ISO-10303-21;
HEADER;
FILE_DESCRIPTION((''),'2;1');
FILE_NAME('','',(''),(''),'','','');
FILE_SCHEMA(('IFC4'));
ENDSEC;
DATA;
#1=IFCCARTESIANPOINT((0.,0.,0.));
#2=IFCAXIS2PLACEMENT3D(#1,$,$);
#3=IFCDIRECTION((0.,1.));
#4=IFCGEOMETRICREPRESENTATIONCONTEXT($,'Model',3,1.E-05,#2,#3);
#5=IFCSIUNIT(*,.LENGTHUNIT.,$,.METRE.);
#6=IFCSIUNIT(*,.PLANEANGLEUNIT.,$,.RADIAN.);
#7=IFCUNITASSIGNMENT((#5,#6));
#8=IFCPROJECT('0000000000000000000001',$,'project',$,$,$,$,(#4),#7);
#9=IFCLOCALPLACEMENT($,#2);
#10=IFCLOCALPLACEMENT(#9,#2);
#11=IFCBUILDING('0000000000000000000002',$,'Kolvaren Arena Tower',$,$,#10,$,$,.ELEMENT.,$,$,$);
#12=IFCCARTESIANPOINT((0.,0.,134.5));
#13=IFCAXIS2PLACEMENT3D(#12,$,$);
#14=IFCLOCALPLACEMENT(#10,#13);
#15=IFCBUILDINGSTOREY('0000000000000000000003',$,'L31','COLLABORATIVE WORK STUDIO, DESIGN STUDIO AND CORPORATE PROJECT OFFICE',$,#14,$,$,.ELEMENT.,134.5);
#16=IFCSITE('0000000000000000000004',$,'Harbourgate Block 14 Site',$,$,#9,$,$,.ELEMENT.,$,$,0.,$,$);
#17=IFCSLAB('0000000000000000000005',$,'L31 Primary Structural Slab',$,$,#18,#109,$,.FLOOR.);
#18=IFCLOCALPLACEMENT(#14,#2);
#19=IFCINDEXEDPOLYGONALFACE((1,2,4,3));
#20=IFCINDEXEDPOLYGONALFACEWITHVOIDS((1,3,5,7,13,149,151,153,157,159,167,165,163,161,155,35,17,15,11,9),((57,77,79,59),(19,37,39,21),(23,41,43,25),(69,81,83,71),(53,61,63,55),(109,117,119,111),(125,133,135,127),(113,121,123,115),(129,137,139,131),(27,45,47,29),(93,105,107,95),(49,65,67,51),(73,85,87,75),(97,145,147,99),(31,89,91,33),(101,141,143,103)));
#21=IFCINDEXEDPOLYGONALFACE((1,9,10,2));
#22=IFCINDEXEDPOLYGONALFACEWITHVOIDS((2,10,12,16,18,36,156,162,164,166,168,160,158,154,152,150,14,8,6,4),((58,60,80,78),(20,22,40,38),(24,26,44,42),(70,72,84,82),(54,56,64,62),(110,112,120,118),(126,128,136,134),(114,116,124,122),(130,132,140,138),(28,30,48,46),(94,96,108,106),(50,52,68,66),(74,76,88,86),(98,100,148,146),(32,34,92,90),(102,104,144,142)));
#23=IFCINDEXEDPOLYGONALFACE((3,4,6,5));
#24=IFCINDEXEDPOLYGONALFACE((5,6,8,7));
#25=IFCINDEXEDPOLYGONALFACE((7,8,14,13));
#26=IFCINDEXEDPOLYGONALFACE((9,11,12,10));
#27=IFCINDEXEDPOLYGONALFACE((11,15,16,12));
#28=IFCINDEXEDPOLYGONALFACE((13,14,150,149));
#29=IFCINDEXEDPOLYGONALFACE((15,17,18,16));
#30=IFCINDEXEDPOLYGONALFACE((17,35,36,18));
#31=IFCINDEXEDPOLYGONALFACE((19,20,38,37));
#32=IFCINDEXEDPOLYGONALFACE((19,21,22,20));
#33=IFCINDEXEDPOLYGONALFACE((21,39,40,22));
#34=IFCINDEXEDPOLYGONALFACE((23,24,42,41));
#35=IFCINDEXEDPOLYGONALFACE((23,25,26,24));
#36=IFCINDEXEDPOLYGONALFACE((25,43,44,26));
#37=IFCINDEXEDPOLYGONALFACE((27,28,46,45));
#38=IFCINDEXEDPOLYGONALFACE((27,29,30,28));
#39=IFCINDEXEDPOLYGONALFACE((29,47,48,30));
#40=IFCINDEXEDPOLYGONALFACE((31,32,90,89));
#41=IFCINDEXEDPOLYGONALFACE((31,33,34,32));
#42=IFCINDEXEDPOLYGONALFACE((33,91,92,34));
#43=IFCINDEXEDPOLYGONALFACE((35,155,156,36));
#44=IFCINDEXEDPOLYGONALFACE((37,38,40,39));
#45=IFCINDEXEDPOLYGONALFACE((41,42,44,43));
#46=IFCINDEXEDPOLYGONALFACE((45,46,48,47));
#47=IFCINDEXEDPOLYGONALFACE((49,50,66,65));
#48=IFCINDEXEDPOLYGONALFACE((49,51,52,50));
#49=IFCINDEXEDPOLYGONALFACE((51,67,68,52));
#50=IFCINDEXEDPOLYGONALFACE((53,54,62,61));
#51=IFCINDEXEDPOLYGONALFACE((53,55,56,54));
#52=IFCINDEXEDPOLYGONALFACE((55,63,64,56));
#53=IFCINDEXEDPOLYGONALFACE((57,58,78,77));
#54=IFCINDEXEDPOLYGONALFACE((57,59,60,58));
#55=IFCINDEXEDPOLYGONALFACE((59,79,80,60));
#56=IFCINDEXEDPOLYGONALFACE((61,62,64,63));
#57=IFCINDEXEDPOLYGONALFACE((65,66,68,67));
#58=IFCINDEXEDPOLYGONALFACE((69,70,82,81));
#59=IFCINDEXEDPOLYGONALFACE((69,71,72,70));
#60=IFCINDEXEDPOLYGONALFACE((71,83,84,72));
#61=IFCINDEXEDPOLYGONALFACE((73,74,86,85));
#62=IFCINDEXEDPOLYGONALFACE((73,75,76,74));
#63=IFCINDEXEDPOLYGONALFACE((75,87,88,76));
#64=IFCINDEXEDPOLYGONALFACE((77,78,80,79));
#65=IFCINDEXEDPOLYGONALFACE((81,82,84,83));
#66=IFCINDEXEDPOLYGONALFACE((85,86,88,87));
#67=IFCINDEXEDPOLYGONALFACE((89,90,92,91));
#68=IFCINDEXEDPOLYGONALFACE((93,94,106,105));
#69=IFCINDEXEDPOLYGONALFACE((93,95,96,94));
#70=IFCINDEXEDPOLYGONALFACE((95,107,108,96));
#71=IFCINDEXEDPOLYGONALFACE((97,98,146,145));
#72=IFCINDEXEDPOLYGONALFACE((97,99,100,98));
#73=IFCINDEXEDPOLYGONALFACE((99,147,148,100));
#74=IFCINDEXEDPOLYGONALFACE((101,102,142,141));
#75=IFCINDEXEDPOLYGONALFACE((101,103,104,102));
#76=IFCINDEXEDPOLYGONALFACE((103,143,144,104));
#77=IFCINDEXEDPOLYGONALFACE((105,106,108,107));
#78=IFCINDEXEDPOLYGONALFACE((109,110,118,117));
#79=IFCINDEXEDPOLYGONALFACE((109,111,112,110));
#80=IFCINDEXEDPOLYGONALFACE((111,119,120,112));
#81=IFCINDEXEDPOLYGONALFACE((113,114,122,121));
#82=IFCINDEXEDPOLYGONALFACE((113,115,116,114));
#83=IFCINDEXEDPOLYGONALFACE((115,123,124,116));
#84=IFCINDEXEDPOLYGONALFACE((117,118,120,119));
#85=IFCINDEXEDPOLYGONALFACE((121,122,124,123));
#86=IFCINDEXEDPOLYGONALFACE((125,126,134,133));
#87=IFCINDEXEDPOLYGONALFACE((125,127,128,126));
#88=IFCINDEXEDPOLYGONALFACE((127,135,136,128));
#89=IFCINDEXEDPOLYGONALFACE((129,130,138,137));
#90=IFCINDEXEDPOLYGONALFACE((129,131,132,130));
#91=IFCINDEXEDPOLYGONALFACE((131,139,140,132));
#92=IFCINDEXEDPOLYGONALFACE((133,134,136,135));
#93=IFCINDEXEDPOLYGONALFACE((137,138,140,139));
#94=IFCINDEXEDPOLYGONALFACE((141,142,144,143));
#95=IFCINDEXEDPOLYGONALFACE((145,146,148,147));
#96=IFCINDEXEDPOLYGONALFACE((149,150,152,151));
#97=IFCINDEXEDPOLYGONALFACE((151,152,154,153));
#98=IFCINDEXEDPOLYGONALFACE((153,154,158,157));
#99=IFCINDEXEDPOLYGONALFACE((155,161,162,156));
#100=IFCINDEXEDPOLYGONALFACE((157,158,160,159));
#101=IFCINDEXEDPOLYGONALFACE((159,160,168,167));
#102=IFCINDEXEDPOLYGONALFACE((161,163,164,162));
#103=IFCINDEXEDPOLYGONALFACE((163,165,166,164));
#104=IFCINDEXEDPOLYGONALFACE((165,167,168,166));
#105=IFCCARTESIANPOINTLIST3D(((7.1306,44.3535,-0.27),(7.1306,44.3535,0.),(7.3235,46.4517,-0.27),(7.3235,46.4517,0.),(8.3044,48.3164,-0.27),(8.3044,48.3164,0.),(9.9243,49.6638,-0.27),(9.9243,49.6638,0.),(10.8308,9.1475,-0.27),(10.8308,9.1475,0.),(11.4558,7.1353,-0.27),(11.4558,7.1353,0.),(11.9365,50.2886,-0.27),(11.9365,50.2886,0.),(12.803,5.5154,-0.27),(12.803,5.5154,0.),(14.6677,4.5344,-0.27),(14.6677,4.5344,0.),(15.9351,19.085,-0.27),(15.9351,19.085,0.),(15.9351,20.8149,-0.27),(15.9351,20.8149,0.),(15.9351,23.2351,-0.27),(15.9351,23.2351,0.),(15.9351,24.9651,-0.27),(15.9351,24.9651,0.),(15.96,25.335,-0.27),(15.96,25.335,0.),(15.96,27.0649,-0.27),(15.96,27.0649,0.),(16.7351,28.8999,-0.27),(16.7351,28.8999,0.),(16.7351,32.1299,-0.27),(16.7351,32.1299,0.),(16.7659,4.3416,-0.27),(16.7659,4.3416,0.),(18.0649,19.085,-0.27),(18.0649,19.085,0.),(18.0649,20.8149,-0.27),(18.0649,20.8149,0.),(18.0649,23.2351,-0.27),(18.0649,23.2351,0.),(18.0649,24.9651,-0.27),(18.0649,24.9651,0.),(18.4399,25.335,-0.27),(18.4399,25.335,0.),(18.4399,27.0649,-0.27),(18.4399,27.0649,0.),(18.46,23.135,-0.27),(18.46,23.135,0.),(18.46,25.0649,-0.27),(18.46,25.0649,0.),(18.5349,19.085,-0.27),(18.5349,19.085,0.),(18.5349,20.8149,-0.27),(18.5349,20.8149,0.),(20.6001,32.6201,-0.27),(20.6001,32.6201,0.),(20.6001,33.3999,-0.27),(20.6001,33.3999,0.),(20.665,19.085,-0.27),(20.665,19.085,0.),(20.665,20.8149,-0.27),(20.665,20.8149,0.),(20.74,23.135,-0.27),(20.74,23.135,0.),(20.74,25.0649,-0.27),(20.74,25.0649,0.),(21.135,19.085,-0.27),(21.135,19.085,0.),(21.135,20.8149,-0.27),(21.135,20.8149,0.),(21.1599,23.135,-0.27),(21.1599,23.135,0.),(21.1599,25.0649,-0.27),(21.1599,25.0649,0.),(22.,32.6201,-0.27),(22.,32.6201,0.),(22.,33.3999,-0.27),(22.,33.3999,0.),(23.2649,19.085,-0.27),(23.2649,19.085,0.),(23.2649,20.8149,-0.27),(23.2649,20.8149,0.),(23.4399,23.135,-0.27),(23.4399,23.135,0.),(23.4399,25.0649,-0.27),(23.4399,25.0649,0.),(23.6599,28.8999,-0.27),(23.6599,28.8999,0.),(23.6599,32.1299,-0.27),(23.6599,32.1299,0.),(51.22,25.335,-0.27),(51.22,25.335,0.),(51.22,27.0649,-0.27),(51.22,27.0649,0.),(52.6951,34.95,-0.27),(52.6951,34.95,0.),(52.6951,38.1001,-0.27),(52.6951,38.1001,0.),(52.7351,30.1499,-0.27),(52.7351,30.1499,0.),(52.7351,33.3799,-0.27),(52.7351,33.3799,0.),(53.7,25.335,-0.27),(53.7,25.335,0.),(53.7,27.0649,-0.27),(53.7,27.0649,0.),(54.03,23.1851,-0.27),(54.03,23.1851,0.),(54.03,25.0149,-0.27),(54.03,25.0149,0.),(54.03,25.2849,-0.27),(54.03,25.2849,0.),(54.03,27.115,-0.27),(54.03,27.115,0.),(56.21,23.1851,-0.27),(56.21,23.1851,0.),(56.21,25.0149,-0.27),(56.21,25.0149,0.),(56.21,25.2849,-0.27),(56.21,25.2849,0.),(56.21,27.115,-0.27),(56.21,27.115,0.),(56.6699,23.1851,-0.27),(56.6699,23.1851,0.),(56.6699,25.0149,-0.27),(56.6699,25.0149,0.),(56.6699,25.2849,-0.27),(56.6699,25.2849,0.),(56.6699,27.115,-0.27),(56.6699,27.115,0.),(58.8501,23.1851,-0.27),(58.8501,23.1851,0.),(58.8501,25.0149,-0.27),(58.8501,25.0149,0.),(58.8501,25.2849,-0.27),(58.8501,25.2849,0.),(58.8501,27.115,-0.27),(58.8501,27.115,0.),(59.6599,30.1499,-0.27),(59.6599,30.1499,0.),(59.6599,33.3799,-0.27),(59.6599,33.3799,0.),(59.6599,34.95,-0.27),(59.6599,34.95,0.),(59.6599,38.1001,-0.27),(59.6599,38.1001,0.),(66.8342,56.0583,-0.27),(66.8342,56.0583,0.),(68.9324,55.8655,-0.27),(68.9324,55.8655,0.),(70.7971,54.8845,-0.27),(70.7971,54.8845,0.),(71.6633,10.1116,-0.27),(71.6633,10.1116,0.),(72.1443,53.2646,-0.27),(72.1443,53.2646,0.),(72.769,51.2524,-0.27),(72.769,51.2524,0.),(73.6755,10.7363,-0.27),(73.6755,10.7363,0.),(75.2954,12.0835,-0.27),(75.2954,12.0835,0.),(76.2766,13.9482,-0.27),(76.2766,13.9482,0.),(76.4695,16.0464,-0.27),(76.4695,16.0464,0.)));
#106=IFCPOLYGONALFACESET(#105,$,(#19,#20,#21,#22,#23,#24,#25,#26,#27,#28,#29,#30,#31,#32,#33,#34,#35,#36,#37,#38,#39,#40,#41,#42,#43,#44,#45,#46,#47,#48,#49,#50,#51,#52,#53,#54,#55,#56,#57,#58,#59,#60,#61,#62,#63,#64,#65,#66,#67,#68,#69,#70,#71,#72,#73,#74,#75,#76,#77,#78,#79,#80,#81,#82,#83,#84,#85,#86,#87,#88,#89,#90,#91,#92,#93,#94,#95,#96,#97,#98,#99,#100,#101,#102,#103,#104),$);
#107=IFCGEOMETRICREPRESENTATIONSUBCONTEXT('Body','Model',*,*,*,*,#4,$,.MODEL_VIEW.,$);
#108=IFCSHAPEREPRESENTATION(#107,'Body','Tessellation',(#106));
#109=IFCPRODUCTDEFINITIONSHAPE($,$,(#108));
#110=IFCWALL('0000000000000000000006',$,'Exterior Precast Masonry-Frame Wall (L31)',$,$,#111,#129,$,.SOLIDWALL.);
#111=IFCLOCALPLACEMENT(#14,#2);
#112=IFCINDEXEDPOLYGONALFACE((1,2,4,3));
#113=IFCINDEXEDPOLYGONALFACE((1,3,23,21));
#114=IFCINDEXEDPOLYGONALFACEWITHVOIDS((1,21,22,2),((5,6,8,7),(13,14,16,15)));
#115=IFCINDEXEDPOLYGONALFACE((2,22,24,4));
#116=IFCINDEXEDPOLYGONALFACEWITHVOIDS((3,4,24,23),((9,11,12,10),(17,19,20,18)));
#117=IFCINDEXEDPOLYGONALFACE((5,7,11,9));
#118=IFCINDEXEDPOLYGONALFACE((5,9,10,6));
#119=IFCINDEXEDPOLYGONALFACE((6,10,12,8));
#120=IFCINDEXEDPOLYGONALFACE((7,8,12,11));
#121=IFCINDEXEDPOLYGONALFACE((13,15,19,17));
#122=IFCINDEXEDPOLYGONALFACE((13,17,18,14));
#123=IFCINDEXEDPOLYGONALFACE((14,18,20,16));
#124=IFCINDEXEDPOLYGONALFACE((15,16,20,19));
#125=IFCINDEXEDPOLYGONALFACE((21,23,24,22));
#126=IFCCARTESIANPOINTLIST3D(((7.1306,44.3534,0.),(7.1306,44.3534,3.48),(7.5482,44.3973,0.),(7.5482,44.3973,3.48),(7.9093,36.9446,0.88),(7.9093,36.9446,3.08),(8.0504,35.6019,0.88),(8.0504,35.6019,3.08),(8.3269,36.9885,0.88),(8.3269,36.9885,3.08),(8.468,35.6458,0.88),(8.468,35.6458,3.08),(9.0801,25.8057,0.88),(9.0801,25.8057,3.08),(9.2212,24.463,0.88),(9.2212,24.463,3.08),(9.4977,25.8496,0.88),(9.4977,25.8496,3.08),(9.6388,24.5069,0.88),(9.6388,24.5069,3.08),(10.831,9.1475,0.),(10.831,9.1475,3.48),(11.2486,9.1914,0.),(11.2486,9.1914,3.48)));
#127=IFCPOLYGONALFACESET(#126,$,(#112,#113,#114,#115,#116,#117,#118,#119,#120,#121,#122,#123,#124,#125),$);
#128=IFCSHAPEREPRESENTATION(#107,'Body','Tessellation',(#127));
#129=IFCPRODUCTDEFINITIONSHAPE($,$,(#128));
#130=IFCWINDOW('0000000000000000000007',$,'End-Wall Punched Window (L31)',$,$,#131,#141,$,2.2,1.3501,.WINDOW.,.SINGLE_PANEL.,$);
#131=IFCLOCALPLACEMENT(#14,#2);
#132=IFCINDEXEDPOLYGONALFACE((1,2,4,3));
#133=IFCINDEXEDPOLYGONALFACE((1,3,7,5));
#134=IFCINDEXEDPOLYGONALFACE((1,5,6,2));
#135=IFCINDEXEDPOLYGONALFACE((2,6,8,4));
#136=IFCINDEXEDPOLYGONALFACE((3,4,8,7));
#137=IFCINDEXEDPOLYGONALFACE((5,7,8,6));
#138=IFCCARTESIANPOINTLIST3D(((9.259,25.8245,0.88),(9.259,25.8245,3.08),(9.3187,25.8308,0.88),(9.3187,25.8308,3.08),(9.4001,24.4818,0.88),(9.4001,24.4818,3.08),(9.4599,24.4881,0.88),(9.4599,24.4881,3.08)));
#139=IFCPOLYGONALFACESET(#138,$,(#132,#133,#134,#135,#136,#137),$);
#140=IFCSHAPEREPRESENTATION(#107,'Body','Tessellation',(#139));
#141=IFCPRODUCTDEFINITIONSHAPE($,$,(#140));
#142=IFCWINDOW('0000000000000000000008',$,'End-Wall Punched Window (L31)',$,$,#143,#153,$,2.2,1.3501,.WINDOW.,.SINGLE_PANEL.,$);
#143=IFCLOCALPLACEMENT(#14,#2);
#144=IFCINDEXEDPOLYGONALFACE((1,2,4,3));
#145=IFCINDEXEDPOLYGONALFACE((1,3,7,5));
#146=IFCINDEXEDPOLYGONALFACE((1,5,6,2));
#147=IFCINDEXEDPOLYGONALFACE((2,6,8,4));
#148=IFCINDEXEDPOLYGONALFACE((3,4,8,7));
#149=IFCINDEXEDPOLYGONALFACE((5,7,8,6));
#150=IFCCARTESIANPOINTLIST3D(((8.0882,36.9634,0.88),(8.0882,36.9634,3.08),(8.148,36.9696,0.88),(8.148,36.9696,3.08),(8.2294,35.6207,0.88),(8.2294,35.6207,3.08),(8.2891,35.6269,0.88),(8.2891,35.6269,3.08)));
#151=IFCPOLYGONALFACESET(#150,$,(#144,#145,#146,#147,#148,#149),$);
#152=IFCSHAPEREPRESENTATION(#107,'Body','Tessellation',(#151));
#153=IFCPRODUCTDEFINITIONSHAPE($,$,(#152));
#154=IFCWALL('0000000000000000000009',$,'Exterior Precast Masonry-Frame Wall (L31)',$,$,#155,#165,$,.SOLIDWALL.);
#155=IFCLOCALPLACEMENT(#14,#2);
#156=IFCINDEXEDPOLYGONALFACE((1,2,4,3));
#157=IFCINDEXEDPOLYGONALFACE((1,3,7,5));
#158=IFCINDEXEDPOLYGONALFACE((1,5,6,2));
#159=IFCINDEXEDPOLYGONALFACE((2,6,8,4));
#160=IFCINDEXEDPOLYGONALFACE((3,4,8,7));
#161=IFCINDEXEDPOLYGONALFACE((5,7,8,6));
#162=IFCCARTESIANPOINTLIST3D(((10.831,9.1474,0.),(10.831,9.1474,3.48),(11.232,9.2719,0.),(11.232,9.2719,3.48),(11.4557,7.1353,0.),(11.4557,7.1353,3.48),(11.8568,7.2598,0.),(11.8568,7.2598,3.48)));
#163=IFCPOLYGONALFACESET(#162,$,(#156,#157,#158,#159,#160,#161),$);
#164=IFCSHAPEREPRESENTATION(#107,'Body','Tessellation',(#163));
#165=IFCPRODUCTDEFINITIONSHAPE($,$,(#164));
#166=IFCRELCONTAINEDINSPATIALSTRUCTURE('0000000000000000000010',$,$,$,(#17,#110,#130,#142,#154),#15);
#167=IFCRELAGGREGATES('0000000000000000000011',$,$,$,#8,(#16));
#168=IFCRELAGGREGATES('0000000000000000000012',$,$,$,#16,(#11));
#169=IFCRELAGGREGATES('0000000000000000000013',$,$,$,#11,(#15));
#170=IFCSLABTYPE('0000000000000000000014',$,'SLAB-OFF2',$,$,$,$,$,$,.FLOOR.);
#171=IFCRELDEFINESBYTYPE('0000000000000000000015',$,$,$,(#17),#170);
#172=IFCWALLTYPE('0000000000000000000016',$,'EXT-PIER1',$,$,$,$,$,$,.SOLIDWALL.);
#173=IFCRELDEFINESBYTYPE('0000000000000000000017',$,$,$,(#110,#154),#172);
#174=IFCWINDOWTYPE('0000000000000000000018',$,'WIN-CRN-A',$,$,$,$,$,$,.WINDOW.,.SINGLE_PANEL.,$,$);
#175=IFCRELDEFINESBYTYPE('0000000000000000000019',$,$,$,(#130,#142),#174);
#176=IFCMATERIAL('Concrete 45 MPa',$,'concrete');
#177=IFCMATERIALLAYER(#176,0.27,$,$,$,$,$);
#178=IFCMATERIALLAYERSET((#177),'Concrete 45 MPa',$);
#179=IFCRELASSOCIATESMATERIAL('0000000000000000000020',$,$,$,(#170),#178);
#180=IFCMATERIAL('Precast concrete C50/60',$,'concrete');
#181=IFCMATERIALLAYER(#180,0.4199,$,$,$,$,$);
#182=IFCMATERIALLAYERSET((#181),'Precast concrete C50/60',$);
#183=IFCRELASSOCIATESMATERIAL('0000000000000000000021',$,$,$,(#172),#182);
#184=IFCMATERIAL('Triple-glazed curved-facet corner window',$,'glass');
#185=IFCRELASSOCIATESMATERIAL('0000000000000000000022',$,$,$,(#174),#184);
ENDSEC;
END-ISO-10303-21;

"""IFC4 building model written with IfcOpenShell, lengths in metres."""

from ifc_helpers import new_model, si_unit, direction, frame, frame_2d, origin, place, context, subcontext, project, spatial, polyline, rectangle, outline, extrude, material, layer, layer_set, type_object, element, fill, save


model = new_model("IFC4")

# Units and contexts
model_context = context("Model", 3, precision=1e-05, world=origin(), true_north=direction((0.0, 1.0)))
body_context = subcontext(model_context, "Body", "Model", "MODEL_VIEW")
ifc_project = project(units=[si_unit("LENGTHUNIT", "METRE"), si_unit("PLANEANGLEUNIT", "RADIAN")], contexts=[model_context])

# Site, building, storey
site_placement = place(None, origin())
site = spatial("IfcSite", under=ifc_project, at=site_placement, Name="Harbourgate Block 14 Site", CompositionType="ELEMENT", RefElevation=0.0)
building_placement = place(site_placement, origin())
building = spatial("IfcBuilding", under=site, at=building_placement, Name="Kolvaren Arena Tower", CompositionType="ELEMENT")
storey_placement = place(building_placement, frame((0.0, 0.0, 134.5)))
storey = spatial("IfcBuildingStorey", under=building, at=storey_placement, Name="L31", Description="COLLABORATIVE WORK STUDIO, DESIGN STUDIO AND CORPORATE PROJECT OFFICE", CompositionType="ELEMENT", Elevation=134.5)

# Shared definitions
ifc_material_1 = material(Name="Concrete 45 MPa", Category="concrete")

# Slab
ifc_layer_1 = layer(ifc_material_1, 0.27)
ifc_layer_set_1 = layer_set([ifc_layer_1], Name="Concrete 45 MPa")
slab_type_1 = type_object("IfcSlabType", Name="SLAB-OFF2", PredefinedType="FLOOR", material=ifc_layer_set_1)
slab_1_placement = place(storey_placement, frame((0.0, 0.0, -0.27)))
element("IfcSlab", 1, at=slab_1_placement, inside=storey, type_object=slab_type_1, Name="L31 Primary Structural Slab", PredefinedType="FLOOR", context=body_context, shape_type="SweptSolid", body=[
    extrude(outline(polyline([(71.6633, 10.1116), (73.6755, 10.7363), (75.2954, 12.0835), (76.2766, 13.9482), (76.4695, 16.0464), (72.769, 51.2524), (72.1443, 53.2646), (70.7971, 54.8845), (68.9324, 55.8655), (66.8342, 56.0583), (11.9365, 50.2886), (9.9243, 49.6638), (8.3044, 48.3164), (7.3235, 46.4517), (7.1306, 44.3535), (10.8308, 9.1475), (11.4558, 7.1353), (12.803, 5.5154), (14.6677, 4.5344), (16.7659, 4.3416), (71.6633, 10.1116)]), holes=[polyline([(15.9351, 19.085), (15.9351, 20.8149), (18.0649, 20.8149), (18.0649, 19.085), (15.9351, 19.085)]), polyline([(18.5349, 19.085), (18.5349, 20.8149), (20.665, 20.8149), (20.665, 19.085), (18.5349, 19.085)]), polyline([(21.135, 19.085), (21.135, 20.8149), (23.2649, 20.8149), (23.2649, 19.085), (21.135, 19.085)]), polyline([(18.46, 23.135), (18.46, 25.0649), (20.74, 25.0649), (20.74, 23.135), (18.46, 23.135)]), polyline([(21.1599, 23.135), (21.1599, 25.0649), (23.4399, 25.0649), (23.4399, 23.135), (21.1599, 23.135)]), polyline([(54.03, 23.1851), (54.03, 25.0149), (56.21, 25.0149), (56.21, 23.1851), (54.03, 23.1851)]), polyline([(56.6699, 23.1851), (56.6699, 25.0149), (58.8501, 25.0149), (58.8501, 23.1851), (56.6699, 23.1851)]), polyline([(15.9351, 23.2351), (15.9351, 24.9651), (18.0649, 24.9651), (18.0649, 23.2351), (15.9351, 23.2351)]), polyline([(54.03, 25.2849), (54.03, 27.115), (56.21, 27.115), (56.21, 25.2849), (54.03, 25.2849)]), polyline([(56.6699, 25.2849), (56.6699, 27.115), (58.8501, 27.115), (58.8501, 25.2849), (56.6699, 25.2849)]), polyline([(15.96, 25.335), (15.96, 27.0649), (18.4399, 27.0649), (18.4399, 25.335), (15.96, 25.335)]), polyline([(51.22, 25.335), (51.22, 27.0649), (53.7, 27.0649), (53.7, 25.335), (51.22, 25.335)]), polyline([(16.7351, 28.8999), (16.7351, 32.1299), (23.6599, 32.1299), (23.6599, 28.8999), (16.7351, 28.8999)]), polyline([(52.7351, 30.1499), (52.7351, 33.3799), (59.6599, 33.3799), (59.6599, 30.1499), (52.7351, 30.1499)]), polyline([(20.6001, 32.6201), (20.6001, 33.3999), (22.0, 33.3999), (22.0, 32.6201), (20.6001, 32.6201)]), polyline([(52.6951, 34.95), (52.6951, 38.1001), (59.6599, 38.1001), (59.6599, 34.95), (52.6951, 34.95)])]), origin(), (0.0, 0.0, 1.0), 0.27),
])

# Wall, openings, windows
ifc_material_2 = material(Name="Precast concrete C50/60", Category="concrete")
ifc_layer_2 = layer(ifc_material_2, 0.4199)
ifc_layer_set_2 = layer_set([ifc_layer_2], Name="Precast concrete C50/60")
wall_type = type_object("IfcWallType", Name="EXT-PIER1", PredefinedType="SOLIDWALL", material=ifc_layer_set_2)
wall_1_placement = place(storey_placement, frame((11.0398, 9.1694, 0.0), z_axis=(0.0, 0.0, 1.0), x_axis=(-0.104532, 0.994522, 0.0)))
wall_1 = element("IfcWall", 2, at=wall_1_placement, inside=storey, type_object=wall_type, Name="Exterior Precast Masonry-Frame Wall (L31)", PredefinedType="SOLIDWALL", context=body_context, shape_type="SweptSolid", body=[
    extrude(rectangle(XDim=35.3999, YDim=0.4199, at=frame_2d((17.7, 0.0))), origin(), (0.0, 0.0, 1.0), 3.48),
])
opening_1_placement = place(wall_1_placement, frame((15.3999, 0.0, 0.8799)))
opening_1 = element("IfcOpeningElement", 3, at=opening_1_placement, cuts=wall_1, PredefinedType="OPENING", context=body_context, shape_type="SweptSolid", body=[
    extrude(rectangle(XDim=1.3501, YDim=2.2, at=frame_2d((0.675, 1.1001))), frame((0.0, 0.22, 0.0), z_axis=(0.0, -1.0, 0.0), x_axis=(1.0, 0.0, 0.0)), (0.0, 0.0, 1.0), 0.4399),
])
opening_2_placement = place(wall_1_placement, frame((26.6001, 0.0, 0.8799)))
opening_2 = element("IfcOpeningElement", 4, at=opening_2_placement, cuts=wall_1, PredefinedType="OPENING", context=body_context, shape_type="SweptSolid", body=[
    extrude(rectangle(XDim=1.3501, YDim=2.2, at=frame_2d((0.675, 1.1001))), frame((0.0, 0.22, 0.0), z_axis=(0.0, -1.0, 0.0), x_axis=(1.0, 0.0, 0.0)), (0.0, 0.0, 1.0), 0.4399),
])
ifc_material_3 = material(Name="Triple-glazed curved-facet corner window", Category="glass")
window_type = type_object("IfcWindowType", Name="WIN-CRN-A", PartitioningType="SINGLE_PANEL", PredefinedType="WINDOW", material=ifc_material_3)
window_1_placement = place(opening_1_placement, origin())
window_1 = element("IfcWindow", 5, at=window_1_placement, inside=storey, type_object=window_type, Name="End-Wall Punched Window (L31)", OverallHeight=2.2, OverallWidth=1.3501, PartitioningType="SINGLE_PANEL", PredefinedType="WINDOW", context=body_context, shape_type="SweptSolid", body=[
    extrude(rectangle(XDim=1.3501, YDim=2.2, at=frame_2d((0.675, 1.1001))), frame((0.0, 0.03, 0.0), z_axis=(0.0, -1.0, 0.0), x_axis=(1.0, 0.0, 0.0)), (0.0, 0.0, 1.0), 0.0601),
])
fill(opening_1, window_1)
window_2_placement = place(opening_2_placement, origin())
window_2 = element("IfcWindow", 6, at=window_2_placement, inside=storey, type_object=window_type, Name="End-Wall Punched Window (L31)", OverallHeight=2.2, OverallWidth=1.3501, PartitioningType="SINGLE_PANEL", PredefinedType="WINDOW", context=body_context, shape_type="SweptSolid", body=[
    extrude(rectangle(XDim=1.3501, YDim=2.2, at=frame_2d((0.675, 1.1001))), frame((0.0, 0.03, 0.0), z_axis=(0.0, -1.0, 0.0), x_axis=(1.0, 0.0, 0.0)), (0.0, 0.0, 1.0), 0.0601),
])
fill(opening_2, window_2)

# Wall
for number, where, z_axis, x_axis, name in (
    (7, (11.6562, 7.1975, 0.0), (0.0, 0.0, 1.0), (-0.296519, 0.955027, 0.0), "Exterior Precast Masonry-Frame Wall (L31)"),
):
    element("IfcWall", number, at=place(storey_placement, frame(where, z_axis=z_axis, x_axis=x_axis)), inside=storey, type_object=wall_type, Name=name, PredefinedType="SOLIDWALL", context=body_context, shape_type="SweptSolid", body=[
        extrude(rectangle(XDim=2.1069, YDim=0.4199, at=frame_2d((1.0535, 0.0))), origin(), (0.0, 0.0, 1.0), 3.48),
    ])

save(model, "model.ifc")
